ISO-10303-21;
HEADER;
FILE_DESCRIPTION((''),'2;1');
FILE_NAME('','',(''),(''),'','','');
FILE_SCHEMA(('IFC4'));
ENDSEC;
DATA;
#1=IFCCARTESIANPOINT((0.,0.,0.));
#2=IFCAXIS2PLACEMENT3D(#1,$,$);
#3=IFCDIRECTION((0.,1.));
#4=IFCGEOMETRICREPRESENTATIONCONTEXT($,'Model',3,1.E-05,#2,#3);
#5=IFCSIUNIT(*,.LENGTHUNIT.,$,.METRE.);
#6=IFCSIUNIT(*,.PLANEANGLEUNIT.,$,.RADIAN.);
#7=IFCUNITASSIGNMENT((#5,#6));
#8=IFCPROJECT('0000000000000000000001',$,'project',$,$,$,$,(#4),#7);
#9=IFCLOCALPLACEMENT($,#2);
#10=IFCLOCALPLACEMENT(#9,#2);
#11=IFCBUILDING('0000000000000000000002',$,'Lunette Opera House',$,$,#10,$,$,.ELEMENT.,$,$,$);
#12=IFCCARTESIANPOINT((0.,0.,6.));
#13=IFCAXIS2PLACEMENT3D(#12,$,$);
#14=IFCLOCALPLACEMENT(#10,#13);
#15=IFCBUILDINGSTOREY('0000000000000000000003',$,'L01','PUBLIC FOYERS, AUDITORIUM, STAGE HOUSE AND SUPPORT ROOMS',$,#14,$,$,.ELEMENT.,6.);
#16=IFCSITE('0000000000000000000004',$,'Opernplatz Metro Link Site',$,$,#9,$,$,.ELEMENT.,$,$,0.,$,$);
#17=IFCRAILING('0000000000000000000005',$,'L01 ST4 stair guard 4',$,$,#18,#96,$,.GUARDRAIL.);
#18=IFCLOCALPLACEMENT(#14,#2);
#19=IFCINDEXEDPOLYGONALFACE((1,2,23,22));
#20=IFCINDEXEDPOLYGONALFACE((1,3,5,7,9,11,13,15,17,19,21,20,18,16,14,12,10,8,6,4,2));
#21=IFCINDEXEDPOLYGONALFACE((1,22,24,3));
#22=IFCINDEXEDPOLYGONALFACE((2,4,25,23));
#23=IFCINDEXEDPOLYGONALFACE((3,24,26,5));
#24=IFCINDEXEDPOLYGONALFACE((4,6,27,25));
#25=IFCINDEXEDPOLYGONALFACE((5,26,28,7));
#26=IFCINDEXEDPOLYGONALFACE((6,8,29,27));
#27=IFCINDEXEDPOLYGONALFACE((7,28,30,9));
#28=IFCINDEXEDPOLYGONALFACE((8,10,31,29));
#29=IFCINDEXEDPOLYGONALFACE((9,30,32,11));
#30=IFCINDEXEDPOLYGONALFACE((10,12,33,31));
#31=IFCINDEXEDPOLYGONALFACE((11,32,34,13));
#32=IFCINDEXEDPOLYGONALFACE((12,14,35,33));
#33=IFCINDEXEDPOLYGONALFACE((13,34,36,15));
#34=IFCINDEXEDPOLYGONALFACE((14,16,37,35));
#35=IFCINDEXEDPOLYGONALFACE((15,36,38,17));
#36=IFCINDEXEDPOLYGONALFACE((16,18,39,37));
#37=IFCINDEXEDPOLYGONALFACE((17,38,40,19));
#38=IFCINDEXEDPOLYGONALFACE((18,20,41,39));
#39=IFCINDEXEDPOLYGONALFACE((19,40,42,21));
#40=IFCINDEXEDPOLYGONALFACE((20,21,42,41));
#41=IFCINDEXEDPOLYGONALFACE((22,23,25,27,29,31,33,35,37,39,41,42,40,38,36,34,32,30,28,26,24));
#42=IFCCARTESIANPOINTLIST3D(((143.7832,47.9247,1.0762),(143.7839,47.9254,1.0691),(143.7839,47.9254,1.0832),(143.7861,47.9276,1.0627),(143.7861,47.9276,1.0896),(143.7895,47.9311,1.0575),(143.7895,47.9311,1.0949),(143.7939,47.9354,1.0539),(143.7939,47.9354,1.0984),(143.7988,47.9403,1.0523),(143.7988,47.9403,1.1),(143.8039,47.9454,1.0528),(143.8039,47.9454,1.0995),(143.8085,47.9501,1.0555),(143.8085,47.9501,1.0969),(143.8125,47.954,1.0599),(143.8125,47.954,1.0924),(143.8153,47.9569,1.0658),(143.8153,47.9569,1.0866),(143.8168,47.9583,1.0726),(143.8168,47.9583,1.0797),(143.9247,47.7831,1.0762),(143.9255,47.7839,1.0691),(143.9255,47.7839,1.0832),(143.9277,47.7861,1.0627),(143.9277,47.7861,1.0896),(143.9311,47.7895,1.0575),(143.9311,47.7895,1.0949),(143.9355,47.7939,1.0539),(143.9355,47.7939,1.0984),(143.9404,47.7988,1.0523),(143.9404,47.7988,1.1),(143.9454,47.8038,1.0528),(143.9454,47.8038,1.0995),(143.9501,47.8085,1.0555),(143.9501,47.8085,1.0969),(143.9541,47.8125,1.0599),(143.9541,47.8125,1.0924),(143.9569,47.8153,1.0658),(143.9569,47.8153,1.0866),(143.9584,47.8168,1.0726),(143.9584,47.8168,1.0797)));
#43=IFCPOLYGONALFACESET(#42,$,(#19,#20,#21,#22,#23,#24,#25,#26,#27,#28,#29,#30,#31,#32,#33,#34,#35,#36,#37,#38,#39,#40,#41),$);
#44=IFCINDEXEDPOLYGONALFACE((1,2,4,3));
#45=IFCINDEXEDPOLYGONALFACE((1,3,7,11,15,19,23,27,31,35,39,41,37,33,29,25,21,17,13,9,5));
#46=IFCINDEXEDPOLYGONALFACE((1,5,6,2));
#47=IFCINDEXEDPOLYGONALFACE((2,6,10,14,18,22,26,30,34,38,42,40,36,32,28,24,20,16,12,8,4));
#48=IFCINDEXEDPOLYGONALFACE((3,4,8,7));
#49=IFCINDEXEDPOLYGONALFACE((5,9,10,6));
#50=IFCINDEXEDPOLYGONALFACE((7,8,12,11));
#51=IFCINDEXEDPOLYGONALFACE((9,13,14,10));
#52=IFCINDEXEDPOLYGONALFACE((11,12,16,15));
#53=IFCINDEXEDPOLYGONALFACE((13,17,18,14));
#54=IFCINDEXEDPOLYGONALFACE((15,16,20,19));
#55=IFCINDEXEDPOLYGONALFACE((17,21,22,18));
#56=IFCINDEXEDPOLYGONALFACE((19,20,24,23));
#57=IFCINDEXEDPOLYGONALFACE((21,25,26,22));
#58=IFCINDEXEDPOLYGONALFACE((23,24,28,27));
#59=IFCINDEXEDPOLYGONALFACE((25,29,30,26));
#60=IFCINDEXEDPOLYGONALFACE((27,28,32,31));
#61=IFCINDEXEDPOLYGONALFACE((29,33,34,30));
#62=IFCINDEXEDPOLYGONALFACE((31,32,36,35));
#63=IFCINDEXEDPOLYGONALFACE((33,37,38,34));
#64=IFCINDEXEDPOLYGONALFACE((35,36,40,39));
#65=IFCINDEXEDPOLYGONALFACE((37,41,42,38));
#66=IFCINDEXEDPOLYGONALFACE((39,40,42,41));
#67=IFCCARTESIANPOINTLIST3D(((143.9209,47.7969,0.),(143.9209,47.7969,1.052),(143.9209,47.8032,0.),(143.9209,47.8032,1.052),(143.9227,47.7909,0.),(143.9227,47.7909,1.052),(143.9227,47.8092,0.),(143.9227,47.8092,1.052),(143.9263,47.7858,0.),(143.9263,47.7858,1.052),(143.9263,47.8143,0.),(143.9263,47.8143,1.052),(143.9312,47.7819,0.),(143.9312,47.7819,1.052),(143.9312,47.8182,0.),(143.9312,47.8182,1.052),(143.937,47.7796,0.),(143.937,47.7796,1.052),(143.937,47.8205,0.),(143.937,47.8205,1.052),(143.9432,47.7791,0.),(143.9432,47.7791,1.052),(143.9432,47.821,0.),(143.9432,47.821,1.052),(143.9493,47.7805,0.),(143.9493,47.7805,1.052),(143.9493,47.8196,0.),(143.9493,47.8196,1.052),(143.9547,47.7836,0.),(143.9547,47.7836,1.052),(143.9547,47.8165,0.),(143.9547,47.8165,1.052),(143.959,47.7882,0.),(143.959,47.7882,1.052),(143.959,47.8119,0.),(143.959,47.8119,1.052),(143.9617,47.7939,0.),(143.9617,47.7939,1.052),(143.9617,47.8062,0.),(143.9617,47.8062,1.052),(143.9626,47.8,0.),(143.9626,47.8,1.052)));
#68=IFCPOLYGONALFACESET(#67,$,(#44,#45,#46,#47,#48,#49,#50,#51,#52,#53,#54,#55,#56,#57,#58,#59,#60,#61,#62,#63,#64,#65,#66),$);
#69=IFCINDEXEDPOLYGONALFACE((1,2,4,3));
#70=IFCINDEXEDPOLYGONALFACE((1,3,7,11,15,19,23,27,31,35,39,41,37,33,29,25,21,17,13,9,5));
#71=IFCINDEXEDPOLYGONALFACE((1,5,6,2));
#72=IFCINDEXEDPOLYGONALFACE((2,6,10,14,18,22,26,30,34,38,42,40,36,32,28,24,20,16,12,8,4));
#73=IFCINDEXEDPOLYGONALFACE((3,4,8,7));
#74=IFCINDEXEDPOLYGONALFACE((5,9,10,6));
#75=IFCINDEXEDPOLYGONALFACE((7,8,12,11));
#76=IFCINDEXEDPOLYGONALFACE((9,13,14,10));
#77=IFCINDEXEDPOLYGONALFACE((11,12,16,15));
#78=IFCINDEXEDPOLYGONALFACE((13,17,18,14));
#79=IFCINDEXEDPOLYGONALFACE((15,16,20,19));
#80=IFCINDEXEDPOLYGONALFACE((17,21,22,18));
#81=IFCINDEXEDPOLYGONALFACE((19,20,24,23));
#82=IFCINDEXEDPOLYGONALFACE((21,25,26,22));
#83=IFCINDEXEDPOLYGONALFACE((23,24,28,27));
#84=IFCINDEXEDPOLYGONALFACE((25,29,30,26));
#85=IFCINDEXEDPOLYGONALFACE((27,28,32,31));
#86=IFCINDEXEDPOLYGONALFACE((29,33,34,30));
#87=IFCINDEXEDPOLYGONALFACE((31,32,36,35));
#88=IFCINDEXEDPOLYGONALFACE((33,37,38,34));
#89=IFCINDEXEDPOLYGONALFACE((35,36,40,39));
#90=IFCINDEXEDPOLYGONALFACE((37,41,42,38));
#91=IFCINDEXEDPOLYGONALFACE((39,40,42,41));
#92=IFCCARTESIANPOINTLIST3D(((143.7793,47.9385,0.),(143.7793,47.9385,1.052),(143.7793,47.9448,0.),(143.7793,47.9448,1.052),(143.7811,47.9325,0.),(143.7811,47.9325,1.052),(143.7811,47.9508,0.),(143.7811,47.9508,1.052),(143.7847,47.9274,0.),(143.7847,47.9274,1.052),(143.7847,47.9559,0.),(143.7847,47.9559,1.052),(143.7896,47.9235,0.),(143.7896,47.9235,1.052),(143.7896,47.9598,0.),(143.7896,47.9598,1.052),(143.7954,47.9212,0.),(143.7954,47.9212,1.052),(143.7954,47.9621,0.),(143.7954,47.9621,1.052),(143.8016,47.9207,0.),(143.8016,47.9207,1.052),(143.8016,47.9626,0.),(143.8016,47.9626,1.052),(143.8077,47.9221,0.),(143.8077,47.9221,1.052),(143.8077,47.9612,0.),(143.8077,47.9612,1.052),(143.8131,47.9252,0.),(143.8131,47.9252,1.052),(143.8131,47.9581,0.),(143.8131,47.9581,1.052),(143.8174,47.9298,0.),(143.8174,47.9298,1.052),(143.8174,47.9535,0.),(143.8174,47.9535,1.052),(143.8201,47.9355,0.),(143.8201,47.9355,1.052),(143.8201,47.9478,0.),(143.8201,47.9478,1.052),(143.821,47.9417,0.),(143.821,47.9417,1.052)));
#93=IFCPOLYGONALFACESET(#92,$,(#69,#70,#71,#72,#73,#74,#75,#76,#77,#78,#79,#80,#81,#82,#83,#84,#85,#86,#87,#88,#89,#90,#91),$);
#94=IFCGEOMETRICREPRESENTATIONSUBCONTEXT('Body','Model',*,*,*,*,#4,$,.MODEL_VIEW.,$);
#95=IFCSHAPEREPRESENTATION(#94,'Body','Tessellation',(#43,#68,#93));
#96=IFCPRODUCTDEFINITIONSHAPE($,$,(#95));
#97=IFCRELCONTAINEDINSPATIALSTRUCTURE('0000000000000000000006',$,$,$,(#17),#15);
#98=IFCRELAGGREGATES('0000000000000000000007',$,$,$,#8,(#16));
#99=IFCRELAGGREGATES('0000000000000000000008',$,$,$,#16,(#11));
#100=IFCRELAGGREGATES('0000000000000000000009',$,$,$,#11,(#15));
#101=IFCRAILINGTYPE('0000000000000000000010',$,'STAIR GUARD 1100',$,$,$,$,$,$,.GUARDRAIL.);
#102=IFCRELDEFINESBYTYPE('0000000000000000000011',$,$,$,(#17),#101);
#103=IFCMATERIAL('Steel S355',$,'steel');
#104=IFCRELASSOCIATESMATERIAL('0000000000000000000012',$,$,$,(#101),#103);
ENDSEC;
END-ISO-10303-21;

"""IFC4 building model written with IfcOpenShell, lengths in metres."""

from ifc_helpers import new_model, si_unit, direction, frame, origin, origin_2d, place, context, subcontext, project, spatial, circle, extrude, material, type_object, element, save


model = new_model("IFC4")

# Units and contexts
model_context = context("Model", 3, precision=1e-05, world=origin(), true_north=direction((0.0, 1.0)))
body_context = subcontext(model_context, "Body", "Model", "MODEL_VIEW")
ifc_project = project(units=[si_unit("LENGTHUNIT", "METRE"), si_unit("PLANEANGLEUNIT", "RADIAN")], contexts=[model_context])

# Site, building, storey
site_placement = place(None, origin())
site = spatial("IfcSite", under=ifc_project, at=site_placement, Name="Opernplatz Metro Link Site", CompositionType="ELEMENT", RefElevation=0.0)
building_placement = place(site_placement, origin())
building = spatial("IfcBuilding", under=site, at=building_placement, Name="Lunette Opera House", CompositionType="ELEMENT")
storey_placement = place(building_placement, frame((0.0, 0.0, 6.0)))
storey = spatial("IfcBuildingStorey", under=building, at=storey_placement, Name="L01", Description="PUBLIC FOYERS, AUDITORIUM, STAGE HOUSE AND SUPPORT ROOMS", CompositionType="ELEMENT", Elevation=6.0)

# Railing
ifc_material_1 = material(Name="Steel S355", Category="steel")
railing_type_1 = type_object("IfcRailingType", Name="STAIR GUARD 1100", PredefinedType="GUARDRAIL", material=ifc_material_1)
railing_1_placement = place(storey_placement, frame((143.9417, 47.8, 0.0)))
element("IfcRailing", 1, at=railing_1_placement, inside=storey, type_object=railing_type_1, Name="L01 ST4 stair guard 4", PredefinedType="GUARDRAIL", context=body_context, shape_type="SweptSolid", body=[
    extrude(circle(Radius=0.0239, at=origin_2d()), frame((0.0, 0.0, 1.0762), z_axis=(-0.707107, 0.707107, 0.0), x_axis=(-0.707107, -0.707107, 0.0)), (0.0, 0.0, 1.0), 0.2002),
    extrude(circle(Radius=0.021, at=origin_2d()), origin(), (0.0, 0.0, 1.0), 1.052),
    extrude(circle(Radius=0.021, at=origin_2d()), frame((-0.1416, 0.1416, 0.0)), (0.0, 0.0, 1.0), 1.052),
])

save(model, "model.ifc")
